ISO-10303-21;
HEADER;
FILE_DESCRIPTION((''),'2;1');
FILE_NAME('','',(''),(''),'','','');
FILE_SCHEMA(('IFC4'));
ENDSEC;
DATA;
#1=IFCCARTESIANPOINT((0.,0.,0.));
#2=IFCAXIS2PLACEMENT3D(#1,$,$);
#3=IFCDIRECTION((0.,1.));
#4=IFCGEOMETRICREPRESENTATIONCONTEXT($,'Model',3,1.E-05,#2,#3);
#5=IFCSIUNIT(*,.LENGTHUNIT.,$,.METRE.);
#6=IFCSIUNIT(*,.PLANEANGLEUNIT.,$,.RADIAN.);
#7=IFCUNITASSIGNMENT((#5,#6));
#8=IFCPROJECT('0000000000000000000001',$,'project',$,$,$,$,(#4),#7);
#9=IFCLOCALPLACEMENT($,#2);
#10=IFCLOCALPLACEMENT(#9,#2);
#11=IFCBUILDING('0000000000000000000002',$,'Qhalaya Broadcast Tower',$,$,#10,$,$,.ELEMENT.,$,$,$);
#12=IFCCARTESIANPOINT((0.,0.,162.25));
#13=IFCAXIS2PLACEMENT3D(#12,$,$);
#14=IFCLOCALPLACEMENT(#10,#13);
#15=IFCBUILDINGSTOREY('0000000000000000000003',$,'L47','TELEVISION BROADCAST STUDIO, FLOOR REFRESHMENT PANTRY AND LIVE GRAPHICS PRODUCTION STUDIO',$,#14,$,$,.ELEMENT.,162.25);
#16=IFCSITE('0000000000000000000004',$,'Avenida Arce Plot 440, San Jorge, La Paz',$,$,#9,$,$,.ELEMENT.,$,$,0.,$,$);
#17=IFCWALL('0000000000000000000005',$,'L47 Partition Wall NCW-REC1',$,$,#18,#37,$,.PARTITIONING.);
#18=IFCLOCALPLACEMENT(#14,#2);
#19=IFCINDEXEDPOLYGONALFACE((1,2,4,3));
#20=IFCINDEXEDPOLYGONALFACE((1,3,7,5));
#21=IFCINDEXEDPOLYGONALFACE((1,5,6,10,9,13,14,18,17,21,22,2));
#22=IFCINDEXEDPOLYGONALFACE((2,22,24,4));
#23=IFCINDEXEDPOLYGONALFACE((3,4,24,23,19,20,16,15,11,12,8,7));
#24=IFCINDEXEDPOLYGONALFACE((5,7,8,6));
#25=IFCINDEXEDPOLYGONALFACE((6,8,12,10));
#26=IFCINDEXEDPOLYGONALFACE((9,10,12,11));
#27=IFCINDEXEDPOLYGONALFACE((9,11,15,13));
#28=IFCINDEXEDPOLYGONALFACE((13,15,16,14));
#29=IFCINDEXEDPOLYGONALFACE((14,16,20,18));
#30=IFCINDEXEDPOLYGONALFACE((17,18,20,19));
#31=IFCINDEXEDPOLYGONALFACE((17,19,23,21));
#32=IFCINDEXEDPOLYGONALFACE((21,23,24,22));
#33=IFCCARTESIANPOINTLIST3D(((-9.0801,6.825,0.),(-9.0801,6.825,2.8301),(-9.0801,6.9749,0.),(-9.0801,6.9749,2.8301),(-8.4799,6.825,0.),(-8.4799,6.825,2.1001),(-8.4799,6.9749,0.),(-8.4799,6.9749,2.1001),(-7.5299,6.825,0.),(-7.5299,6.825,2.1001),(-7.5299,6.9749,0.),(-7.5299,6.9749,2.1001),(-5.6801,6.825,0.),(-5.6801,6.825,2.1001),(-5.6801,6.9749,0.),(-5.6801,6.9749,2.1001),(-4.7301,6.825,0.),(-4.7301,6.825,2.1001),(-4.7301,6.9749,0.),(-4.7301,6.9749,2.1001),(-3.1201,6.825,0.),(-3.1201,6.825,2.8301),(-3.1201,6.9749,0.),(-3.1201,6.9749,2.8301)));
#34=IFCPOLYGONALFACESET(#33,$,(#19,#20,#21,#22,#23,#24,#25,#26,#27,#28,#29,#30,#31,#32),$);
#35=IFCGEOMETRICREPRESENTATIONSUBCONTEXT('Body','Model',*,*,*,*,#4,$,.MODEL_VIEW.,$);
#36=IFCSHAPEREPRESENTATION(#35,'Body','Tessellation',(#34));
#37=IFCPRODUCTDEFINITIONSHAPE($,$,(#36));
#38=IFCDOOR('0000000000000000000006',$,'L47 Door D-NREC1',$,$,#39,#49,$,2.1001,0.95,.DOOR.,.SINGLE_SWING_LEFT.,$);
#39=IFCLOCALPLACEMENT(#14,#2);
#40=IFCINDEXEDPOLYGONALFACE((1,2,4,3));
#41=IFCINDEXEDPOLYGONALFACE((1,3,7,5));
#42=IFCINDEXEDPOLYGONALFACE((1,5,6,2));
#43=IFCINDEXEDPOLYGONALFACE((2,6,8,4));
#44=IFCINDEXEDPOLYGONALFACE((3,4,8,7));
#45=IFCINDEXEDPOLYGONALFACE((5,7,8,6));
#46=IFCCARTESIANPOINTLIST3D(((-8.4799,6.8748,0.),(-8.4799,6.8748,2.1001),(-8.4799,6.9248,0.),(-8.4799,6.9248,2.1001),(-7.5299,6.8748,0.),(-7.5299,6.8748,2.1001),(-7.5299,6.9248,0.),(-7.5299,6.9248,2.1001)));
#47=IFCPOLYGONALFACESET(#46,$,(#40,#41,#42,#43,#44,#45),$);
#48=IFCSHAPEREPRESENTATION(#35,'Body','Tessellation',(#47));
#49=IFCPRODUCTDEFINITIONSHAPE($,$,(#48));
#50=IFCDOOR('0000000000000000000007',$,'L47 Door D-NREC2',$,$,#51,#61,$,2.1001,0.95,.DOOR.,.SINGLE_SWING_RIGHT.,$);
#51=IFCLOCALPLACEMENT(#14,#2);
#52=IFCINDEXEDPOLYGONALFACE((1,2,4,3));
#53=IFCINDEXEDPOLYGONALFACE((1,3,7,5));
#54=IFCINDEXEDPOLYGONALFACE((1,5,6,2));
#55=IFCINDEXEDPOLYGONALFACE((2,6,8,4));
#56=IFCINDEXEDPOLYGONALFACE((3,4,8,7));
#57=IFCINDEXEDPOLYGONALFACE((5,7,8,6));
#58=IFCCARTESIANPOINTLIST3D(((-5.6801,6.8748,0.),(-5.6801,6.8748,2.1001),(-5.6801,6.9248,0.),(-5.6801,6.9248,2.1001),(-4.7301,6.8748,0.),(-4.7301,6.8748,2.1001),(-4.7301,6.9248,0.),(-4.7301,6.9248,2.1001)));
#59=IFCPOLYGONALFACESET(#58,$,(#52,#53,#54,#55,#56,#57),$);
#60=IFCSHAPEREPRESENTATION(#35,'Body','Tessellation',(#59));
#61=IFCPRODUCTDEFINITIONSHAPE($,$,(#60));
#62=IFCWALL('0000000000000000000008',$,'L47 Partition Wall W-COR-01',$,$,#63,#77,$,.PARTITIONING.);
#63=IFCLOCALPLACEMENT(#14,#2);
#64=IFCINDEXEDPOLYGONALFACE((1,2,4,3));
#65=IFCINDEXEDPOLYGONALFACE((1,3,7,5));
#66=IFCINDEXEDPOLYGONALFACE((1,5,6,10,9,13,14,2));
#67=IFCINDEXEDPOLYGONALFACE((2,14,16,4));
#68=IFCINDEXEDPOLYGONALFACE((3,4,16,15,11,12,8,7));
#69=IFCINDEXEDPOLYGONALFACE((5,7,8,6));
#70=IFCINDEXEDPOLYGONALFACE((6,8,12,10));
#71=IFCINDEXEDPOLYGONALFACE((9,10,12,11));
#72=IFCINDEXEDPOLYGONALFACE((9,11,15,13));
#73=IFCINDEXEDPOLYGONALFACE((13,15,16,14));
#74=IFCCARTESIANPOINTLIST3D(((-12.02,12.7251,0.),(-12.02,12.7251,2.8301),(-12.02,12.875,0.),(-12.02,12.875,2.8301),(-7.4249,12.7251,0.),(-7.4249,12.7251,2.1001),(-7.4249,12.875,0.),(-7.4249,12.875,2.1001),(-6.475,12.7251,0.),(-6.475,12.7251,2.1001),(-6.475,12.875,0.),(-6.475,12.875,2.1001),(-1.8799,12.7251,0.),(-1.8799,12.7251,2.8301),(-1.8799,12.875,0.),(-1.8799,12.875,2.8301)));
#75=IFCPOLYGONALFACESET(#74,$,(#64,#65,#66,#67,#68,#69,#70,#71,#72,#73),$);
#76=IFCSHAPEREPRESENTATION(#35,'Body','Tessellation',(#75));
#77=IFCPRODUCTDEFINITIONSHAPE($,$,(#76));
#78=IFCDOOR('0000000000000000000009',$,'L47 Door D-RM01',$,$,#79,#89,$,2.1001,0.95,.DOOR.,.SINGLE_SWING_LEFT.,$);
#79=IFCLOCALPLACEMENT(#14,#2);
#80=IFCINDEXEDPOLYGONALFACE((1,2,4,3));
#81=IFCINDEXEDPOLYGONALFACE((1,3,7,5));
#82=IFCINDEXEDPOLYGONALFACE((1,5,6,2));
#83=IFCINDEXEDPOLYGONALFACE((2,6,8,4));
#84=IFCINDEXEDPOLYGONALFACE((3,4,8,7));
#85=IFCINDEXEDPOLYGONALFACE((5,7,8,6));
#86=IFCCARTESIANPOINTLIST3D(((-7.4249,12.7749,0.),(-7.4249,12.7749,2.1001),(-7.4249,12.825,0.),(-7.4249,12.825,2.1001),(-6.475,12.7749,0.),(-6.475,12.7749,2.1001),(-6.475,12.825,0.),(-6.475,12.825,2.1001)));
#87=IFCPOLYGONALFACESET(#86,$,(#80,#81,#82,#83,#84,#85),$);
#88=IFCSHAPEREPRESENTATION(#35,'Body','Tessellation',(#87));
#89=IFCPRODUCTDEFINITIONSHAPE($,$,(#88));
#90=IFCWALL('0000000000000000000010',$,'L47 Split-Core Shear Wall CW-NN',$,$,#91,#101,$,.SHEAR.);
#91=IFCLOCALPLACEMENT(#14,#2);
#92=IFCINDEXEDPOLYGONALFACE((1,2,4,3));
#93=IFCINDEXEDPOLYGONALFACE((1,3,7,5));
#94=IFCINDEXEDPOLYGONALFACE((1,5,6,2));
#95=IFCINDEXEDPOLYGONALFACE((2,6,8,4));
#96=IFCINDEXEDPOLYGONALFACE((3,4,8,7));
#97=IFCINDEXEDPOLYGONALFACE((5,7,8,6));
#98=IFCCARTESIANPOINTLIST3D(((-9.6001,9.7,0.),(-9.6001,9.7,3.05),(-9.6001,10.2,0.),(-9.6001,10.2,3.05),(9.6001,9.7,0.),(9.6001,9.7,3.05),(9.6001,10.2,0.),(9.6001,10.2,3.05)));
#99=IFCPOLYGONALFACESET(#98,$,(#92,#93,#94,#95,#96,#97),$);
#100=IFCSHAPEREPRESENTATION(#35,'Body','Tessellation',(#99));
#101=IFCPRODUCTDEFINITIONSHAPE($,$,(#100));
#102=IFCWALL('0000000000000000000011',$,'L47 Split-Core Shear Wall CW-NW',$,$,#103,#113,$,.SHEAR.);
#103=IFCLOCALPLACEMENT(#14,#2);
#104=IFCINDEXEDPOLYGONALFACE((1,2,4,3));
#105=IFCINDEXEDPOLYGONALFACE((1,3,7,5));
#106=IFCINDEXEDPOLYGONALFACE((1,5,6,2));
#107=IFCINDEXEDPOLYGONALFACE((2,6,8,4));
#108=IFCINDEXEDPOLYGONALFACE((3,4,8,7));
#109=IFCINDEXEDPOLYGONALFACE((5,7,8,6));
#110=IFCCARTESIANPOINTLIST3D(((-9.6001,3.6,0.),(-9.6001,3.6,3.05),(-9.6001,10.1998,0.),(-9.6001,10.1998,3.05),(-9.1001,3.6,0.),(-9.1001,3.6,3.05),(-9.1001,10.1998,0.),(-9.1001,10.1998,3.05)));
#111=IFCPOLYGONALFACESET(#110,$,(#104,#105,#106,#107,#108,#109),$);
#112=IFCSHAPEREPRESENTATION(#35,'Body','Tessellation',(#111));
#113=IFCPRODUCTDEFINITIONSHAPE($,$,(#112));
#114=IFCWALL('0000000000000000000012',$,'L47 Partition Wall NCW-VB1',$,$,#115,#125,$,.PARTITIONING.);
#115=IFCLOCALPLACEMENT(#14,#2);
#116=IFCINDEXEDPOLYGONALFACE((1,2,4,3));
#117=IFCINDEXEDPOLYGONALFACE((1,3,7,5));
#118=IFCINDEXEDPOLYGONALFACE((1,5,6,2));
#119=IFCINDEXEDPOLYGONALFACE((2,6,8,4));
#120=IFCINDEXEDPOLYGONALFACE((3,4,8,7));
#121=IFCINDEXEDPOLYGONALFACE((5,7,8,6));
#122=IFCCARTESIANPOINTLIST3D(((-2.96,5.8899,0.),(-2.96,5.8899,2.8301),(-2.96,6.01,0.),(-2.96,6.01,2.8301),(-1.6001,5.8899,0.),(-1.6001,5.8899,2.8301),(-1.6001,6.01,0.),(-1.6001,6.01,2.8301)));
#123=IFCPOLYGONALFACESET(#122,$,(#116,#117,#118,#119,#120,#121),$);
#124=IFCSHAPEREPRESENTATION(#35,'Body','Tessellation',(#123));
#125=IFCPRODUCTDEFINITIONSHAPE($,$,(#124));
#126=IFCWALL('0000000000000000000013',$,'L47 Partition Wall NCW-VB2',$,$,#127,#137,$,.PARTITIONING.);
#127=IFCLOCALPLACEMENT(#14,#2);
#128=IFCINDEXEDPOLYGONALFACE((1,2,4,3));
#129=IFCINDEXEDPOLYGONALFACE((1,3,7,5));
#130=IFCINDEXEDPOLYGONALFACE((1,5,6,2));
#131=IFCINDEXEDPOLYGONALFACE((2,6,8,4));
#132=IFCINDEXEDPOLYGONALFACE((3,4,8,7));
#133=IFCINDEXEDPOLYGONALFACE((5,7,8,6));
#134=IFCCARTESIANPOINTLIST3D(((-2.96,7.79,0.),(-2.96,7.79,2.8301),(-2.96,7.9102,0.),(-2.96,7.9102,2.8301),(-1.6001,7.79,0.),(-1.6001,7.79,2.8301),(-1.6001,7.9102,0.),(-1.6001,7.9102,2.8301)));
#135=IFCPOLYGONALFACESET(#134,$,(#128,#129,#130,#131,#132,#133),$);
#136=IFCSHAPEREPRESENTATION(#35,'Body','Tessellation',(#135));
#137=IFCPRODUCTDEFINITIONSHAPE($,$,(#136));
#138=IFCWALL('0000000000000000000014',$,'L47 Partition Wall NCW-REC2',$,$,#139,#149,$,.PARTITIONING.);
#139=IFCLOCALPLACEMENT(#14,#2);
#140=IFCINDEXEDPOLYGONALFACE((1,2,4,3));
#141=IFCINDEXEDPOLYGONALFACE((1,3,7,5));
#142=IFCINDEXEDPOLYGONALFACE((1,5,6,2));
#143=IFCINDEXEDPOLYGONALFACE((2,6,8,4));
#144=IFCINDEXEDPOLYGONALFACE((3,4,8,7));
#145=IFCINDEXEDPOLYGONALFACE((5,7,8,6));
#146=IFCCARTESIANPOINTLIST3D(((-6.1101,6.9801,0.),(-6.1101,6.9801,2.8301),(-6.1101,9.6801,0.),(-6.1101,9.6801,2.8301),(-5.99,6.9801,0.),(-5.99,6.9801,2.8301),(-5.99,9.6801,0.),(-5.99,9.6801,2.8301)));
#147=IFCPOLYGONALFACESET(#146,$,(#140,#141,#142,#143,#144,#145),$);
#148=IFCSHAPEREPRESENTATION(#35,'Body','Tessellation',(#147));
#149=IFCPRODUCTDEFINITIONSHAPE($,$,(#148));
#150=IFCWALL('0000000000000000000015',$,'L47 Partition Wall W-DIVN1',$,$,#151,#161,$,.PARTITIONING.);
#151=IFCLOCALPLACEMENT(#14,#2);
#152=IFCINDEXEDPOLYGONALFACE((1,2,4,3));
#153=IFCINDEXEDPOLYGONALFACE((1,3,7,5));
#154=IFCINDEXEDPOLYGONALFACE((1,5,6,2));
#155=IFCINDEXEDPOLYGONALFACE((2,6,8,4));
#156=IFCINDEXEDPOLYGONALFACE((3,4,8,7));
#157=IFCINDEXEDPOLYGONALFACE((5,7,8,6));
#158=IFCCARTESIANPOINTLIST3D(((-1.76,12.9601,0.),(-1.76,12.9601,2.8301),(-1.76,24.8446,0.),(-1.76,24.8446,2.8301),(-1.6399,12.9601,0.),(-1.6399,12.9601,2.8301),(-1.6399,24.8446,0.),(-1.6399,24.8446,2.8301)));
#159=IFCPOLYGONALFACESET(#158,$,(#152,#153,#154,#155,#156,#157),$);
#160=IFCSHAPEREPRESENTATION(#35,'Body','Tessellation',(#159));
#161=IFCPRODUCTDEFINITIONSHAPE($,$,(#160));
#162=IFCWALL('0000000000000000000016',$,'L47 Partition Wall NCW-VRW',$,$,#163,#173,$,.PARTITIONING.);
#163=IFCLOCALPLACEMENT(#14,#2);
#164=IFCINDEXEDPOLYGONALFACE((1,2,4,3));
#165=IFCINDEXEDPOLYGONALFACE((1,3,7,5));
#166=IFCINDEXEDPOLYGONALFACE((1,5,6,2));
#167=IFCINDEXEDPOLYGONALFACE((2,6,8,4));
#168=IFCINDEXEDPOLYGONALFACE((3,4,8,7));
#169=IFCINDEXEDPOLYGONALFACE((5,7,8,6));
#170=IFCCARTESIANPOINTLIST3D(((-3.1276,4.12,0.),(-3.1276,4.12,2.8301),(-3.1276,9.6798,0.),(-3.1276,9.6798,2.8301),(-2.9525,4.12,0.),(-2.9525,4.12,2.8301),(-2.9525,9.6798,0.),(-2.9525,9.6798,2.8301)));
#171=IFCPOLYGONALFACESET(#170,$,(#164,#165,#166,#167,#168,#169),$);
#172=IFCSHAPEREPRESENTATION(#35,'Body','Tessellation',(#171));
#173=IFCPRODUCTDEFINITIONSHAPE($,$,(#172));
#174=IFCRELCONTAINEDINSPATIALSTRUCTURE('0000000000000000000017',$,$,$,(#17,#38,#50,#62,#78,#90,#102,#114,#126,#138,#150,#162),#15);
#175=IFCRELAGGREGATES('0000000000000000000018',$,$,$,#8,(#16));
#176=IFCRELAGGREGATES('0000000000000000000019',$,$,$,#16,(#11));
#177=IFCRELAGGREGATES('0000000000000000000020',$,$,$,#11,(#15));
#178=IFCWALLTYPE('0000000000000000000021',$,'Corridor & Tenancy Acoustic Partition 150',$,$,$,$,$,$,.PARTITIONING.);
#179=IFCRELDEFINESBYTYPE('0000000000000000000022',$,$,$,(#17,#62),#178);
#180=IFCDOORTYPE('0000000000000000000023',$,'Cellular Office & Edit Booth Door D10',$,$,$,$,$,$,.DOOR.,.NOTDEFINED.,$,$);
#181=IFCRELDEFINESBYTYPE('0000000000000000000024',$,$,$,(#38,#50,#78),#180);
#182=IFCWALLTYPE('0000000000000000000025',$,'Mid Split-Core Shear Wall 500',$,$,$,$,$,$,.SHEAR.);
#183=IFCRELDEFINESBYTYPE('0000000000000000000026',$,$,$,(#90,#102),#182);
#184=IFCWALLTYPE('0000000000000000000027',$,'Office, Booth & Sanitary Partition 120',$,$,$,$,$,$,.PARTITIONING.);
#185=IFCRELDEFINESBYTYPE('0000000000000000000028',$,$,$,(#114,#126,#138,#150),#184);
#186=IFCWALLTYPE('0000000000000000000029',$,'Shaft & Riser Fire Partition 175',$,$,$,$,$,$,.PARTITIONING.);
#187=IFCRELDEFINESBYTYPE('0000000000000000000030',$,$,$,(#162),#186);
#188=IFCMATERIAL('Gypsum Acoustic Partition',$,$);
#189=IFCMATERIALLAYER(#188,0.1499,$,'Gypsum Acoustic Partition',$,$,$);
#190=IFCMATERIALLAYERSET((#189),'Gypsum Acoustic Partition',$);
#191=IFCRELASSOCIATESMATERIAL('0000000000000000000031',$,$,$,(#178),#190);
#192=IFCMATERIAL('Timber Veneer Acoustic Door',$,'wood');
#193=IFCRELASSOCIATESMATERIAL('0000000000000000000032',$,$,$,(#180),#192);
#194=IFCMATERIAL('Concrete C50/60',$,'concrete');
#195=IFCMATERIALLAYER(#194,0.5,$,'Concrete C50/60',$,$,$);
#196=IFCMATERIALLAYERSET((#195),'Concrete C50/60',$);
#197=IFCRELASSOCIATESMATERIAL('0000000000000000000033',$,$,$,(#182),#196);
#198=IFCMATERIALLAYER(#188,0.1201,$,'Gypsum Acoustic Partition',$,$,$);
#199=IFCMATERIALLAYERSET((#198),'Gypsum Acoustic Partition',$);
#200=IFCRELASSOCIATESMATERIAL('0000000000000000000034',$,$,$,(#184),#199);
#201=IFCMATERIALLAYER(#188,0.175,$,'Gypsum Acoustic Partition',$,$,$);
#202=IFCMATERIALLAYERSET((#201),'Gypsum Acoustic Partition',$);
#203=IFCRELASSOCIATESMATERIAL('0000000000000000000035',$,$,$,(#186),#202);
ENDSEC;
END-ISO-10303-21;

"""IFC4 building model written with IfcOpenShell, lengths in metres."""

from ifc_helpers import new_model, si_unit, direction, frame, frame_2d, origin, place, context, subcontext, project, spatial, rectangle, extrude, material, layer, layer_set, type_object, element, fill, save


model = new_model("IFC4")

# Units and contexts
model_context = context("Model", 3, precision=1e-05, world=origin(), true_north=direction((0.0, 1.0)))
body_context = subcontext(model_context, "Body", "Model", "MODEL_VIEW")
ifc_project = project(units=[si_unit("LENGTHUNIT", "METRE"), si_unit("PLANEANGLEUNIT", "RADIAN")], contexts=[model_context])

# Site, building, storey
site_placement = place(None, origin())
site = spatial("IfcSite", under=ifc_project, at=site_placement, Name="Avenida Arce Plot 440, San Jorge, La Paz", CompositionType="ELEMENT", RefElevation=0.0)
building_placement = place(site_placement, origin())
building = spatial("IfcBuilding", under=site, at=building_placement, Name="Qhalaya Broadcast Tower", CompositionType="ELEMENT")
storey_placement = place(building_placement, frame((0.0, 0.0, 162.25)))
storey = spatial("IfcBuildingStorey", under=building, at=storey_placement, Name="L47", Description="TELEVISION BROADCAST STUDIO, FLOOR REFRESHMENT PANTRY AND LIVE GRAPHICS PRODUCTION STUDIO", CompositionType="ELEMENT", Elevation=162.25)

# Shared definitions
ifc_material_1 = material(Name="Concrete C50/60", Category="concrete")

# Wall, openings, doors
ifc_material_2 = material(Name="Gypsum Acoustic Partition")
ifc_layer_1 = layer(ifc_material_2, 0.1499, Name="Gypsum Acoustic Partition")
ifc_layer_set_1 = layer_set([ifc_layer_1], Name="Gypsum Acoustic Partition")
wall_type_1 = type_object("IfcWallType", Name="Corridor & Tenancy Acoustic Partition 150", PredefinedType="PARTITIONING", material=ifc_layer_set_1)
wall_1_placement = place(storey_placement, frame((-9.0801, 6.8999, 0.0), z_axis=(0.0, 0.0, 1.0), x_axis=(1.0, 0.0, 0.0)))
wall_1 = element("IfcWall", 1, at=wall_1_placement, inside=storey, type_object=wall_type_1, Name="L47 Partition Wall NCW-REC1", PredefinedType="PARTITIONING", context=body_context, shape_type="SweptSolid", body=[
    extrude(rectangle(XDim=5.96, YDim=0.1499, at=frame_2d((2.98, 0.0))), origin(), (0.0, 0.0, 1.0), 2.8301),
])
opening_1_placement = place(wall_1_placement, frame((0.6001, 0.0, 0.0)))
opening_1 = element("IfcOpeningElement", 2, at=opening_1_placement, cuts=wall_1, PredefinedType="OPENING", context=body_context, shape_type="SweptSolid", body=[
    extrude(rectangle(XDim=0.95, YDim=2.1001, at=frame_2d((0.4751, 1.05))), frame((0.0, 0.0869, 0.0), z_axis=(0.0, -1.0, 0.0), x_axis=(1.0, 0.0, 0.0)), (0.0, 0.0, 1.0), 0.1738),
])
opening_2_placement = place(wall_1_placement, frame((3.3999, 0.0, 0.0)))
opening_2 = element("IfcOpeningElement", 3, at=opening_2_placement, cuts=wall_1, PredefinedType="OPENING", context=body_context, shape_type="SweptSolid", body=[
    extrude(rectangle(XDim=0.95, YDim=2.1001, at=frame_2d((0.4751, 1.05))), frame((0.0, 0.0869, 0.0), z_axis=(0.0, -1.0, 0.0), x_axis=(1.0, 0.0, 0.0)), (0.0, 0.0, 1.0), 0.1738),
])
ifc_material_3 = material(Name="Timber Veneer Acoustic Door", Category="wood")
door_type_1 = type_object("IfcDoorType", Name="Cellular Office & Edit Booth Door D10", OperationType="NOTDEFINED", PredefinedType="DOOR", material=ifc_material_3)
door_1_placement = place(opening_1_placement, origin())
door_1 = element("IfcDoor", 4, at=door_1_placement, inside=storey, type_object=door_type_1, Name="L47 Door D-NREC1", OperationType="SINGLE_SWING_LEFT", OverallHeight=2.1001, OverallWidth=0.95, PredefinedType="DOOR", context=body_context, shape_type="SweptSolid", body=[
    extrude(rectangle(XDim=0.95, YDim=2.1001, at=frame_2d((0.4751, 1.05))), frame((0.0, 0.0249, 0.0), z_axis=(0.0, -1.0, 0.0), x_axis=(1.0, 0.0, 0.0)), (0.0, 0.0, 1.0), 0.05),
])
fill(opening_1, door_1)
door_2_placement = place(opening_2_placement, origin())
door_2 = element("IfcDoor", 5, at=door_2_placement, inside=storey, type_object=door_type_1, Name="L47 Door D-NREC2", OperationType="SINGLE_SWING_RIGHT", OverallHeight=2.1001, OverallWidth=0.95, PredefinedType="DOOR", context=body_context, shape_type="SweptSolid", body=[
    extrude(rectangle(XDim=0.95, YDim=2.1001, at=frame_2d((0.4751, 1.05))), frame((0.0, 0.0249, 0.0), z_axis=(0.0, -1.0, 0.0), x_axis=(1.0, 0.0, 0.0)), (0.0, 0.0, 1.0), 0.05),
])
fill(opening_2, door_2)

# Wall, opening, door
wall_2_placement = place(storey_placement, frame((-12.02, 12.8, 0.0), z_axis=(0.0, 0.0, 1.0), x_axis=(1.0, 0.0, 0.0)))
wall_2 = element("IfcWall", 6, at=wall_2_placement, inside=storey, type_object=wall_type_1, Name="L47 Partition Wall W-COR-01", PredefinedType="PARTITIONING", context=body_context, shape_type="SweptSolid", body=[
    extrude(rectangle(XDim=10.1401, YDim=0.1499, at=frame_2d((5.0701, 0.0))), origin(), (0.0, 0.0, 1.0), 2.8301),
])
opening_3_placement = place(wall_2_placement, frame((4.595, 0.0, 0.0)))
opening_3 = element("IfcOpeningElement", 7, at=opening_3_placement, cuts=wall_2, PredefinedType="OPENING", context=body_context, shape_type="SweptSolid", body=[
    extrude(rectangle(XDim=0.95, YDim=2.1001, at=frame_2d((0.4751, 1.05))), frame((0.0, 0.0869, 0.0), z_axis=(0.0, -1.0, 0.0), x_axis=(1.0, 0.0, 0.0)), (0.0, 0.0, 1.0), 0.1738),
])
door_3_placement = place(opening_3_placement, origin())
door_3 = element("IfcDoor", 8, at=door_3_placement, inside=storey, type_object=door_type_1, Name="L47 Door D-RM01", OperationType="SINGLE_SWING_LEFT", OverallHeight=2.1001, OverallWidth=0.95, PredefinedType="DOOR", context=body_context, shape_type="SweptSolid", body=[
    extrude(rectangle(XDim=0.95, YDim=2.1001, at=frame_2d((0.4751, 1.05))), frame((0.0, 0.0249, 0.0), z_axis=(0.0, -1.0, 0.0), x_axis=(1.0, 0.0, 0.0)), (0.0, 0.0, 1.0), 0.05),
])
fill(opening_3, door_3)

# Wall
ifc_layer_2 = layer(ifc_material_1, 0.5, Name="Concrete C50/60")
ifc_layer_set_2 = layer_set([ifc_layer_2], Name="Concrete C50/60")
wall_type_2 = type_object("IfcWallType", Name="Mid Split-Core Shear Wall 500", PredefinedType="SHEAR", material=ifc_layer_set_2)
wall_3_placement = place(storey_placement, frame((-9.6001, 9.95, 0.0), z_axis=(0.0, 0.0, 1.0), x_axis=(1.0, 0.0, 0.0)))
element("IfcWall", 9, at=wall_3_placement, inside=storey, type_object=wall_type_2, Name="L47 Split-Core Shear Wall CW-NN", PredefinedType="SHEAR", context=body_context, shape_type="SweptSolid", body=[
    extrude(rectangle(XDim=19.2002, YDim=0.5, at=frame_2d((9.6001, 0.0))), origin(), (0.0, 0.0, 1.0), 3.05),
])

# Walls
wall_4_placement = place(storey_placement, frame((-9.3501, 3.6001, 0.0), z_axis=(0.0, 0.0, 1.0), x_axis=(0.0, 1.0, 0.0)))
element("IfcWall", 10, at=wall_4_placement, inside=storey, type_object=wall_type_2, Name="L47 Split-Core Shear Wall CW-NW", PredefinedType="SHEAR", context=body_context, shape_type="SweptSolid", body=[
    extrude(rectangle(XDim=6.5999, YDim=0.5, at=frame_2d((3.2998, 0.0))), origin(), (0.0, 0.0, 1.0), 3.05),
])
ifc_layer_3 = layer(ifc_material_2, 0.1201, Name="Gypsum Acoustic Partition")
ifc_layer_set_3 = layer_set([ifc_layer_3], Name="Gypsum Acoustic Partition")
wall_type_3 = type_object("IfcWallType", Name="Office, Booth & Sanitary Partition 120", PredefinedType="PARTITIONING", material=ifc_layer_set_3)
for number, where, z_axis, x_axis, name in (
    (11, (-2.96, 5.95, 0.0), (0.0, 0.0, 1.0), (1.0, 0.0, 0.0), "L47 Partition Wall NCW-VB1"),
    (12, (-2.96, 7.8501, 0.0), (0.0, 0.0, 1.0), (1.0, 0.0, 0.0), "L47 Partition Wall NCW-VB2"),
):
    element("IfcWall", number, at=place(storey_placement, frame(where, z_axis=z_axis, x_axis=x_axis)), inside=storey, type_object=wall_type_3, Name=name, PredefinedType="PARTITIONING", context=body_context, shape_type="SweptSolid", body=[
        extrude(rectangle(XDim=1.3599, YDim=0.1201, at=frame_2d((0.6799, 0.0))), origin(), (0.0, 0.0, 1.0), 2.8301),
    ])
wall_5_placement = place(storey_placement, frame((-6.05, 6.98, 0.0), z_axis=(0.0, 0.0, 1.0), x_axis=(0.0, 1.0, 0.0)))
element("IfcWall", 13, at=wall_5_placement, inside=storey, type_object=wall_type_3, Name="L47 Partition Wall NCW-REC2", PredefinedType="PARTITIONING", context=body_context, shape_type="SweptSolid", body=[
    extrude(rectangle(XDim=2.7, YDim=0.1201, at=frame_2d((1.3501, 0.0))), origin(), (0.0, 0.0, 1.0), 2.8301),
])
wall_6_placement = place(storey_placement, frame((-1.7, 12.96, 0.0), z_axis=(0.0, 0.0, 1.0), x_axis=(0.0, 1.0, 0.0)))
element("IfcWall", 14, at=wall_6_placement, inside=storey, type_object=wall_type_3, Name="L47 Partition Wall W-DIVN1", PredefinedType="PARTITIONING", context=body_context, shape_type="SweptSolid", body=[
    extrude(rectangle(XDim=11.8845, YDim=0.1201, at=frame_2d((5.9424, 0.0))), origin(), (0.0, 0.0, 1.0), 2.8301),
])
ifc_layer_4 = layer(ifc_material_2, 0.175, Name="Gypsum Acoustic Partition")
ifc_layer_set_4 = layer_set([ifc_layer_4], Name="Gypsum Acoustic Partition")
wall_type_4 = type_object("IfcWallType", Name="Shaft & Riser Fire Partition 175", PredefinedType="PARTITIONING", material=ifc_layer_set_4)
wall_7_placement = place(storey_placement, frame((-3.04, 4.1201, 0.0), z_axis=(0.0, 0.0, 1.0), x_axis=(0.0, 1.0, 0.0)))
element("IfcWall", 15, at=wall_7_placement, inside=storey, type_object=wall_type_4, Name="L47 Partition Wall NCW-VRW", PredefinedType="PARTITIONING", context=body_context, shape_type="SweptSolid", body=[
    extrude(rectangle(XDim=5.5598, YDim=0.175, at=frame_2d((2.7798, 0.0))), origin(), (0.0, 0.0, 1.0), 2.8301),
])

save(model, "model.ifc")
